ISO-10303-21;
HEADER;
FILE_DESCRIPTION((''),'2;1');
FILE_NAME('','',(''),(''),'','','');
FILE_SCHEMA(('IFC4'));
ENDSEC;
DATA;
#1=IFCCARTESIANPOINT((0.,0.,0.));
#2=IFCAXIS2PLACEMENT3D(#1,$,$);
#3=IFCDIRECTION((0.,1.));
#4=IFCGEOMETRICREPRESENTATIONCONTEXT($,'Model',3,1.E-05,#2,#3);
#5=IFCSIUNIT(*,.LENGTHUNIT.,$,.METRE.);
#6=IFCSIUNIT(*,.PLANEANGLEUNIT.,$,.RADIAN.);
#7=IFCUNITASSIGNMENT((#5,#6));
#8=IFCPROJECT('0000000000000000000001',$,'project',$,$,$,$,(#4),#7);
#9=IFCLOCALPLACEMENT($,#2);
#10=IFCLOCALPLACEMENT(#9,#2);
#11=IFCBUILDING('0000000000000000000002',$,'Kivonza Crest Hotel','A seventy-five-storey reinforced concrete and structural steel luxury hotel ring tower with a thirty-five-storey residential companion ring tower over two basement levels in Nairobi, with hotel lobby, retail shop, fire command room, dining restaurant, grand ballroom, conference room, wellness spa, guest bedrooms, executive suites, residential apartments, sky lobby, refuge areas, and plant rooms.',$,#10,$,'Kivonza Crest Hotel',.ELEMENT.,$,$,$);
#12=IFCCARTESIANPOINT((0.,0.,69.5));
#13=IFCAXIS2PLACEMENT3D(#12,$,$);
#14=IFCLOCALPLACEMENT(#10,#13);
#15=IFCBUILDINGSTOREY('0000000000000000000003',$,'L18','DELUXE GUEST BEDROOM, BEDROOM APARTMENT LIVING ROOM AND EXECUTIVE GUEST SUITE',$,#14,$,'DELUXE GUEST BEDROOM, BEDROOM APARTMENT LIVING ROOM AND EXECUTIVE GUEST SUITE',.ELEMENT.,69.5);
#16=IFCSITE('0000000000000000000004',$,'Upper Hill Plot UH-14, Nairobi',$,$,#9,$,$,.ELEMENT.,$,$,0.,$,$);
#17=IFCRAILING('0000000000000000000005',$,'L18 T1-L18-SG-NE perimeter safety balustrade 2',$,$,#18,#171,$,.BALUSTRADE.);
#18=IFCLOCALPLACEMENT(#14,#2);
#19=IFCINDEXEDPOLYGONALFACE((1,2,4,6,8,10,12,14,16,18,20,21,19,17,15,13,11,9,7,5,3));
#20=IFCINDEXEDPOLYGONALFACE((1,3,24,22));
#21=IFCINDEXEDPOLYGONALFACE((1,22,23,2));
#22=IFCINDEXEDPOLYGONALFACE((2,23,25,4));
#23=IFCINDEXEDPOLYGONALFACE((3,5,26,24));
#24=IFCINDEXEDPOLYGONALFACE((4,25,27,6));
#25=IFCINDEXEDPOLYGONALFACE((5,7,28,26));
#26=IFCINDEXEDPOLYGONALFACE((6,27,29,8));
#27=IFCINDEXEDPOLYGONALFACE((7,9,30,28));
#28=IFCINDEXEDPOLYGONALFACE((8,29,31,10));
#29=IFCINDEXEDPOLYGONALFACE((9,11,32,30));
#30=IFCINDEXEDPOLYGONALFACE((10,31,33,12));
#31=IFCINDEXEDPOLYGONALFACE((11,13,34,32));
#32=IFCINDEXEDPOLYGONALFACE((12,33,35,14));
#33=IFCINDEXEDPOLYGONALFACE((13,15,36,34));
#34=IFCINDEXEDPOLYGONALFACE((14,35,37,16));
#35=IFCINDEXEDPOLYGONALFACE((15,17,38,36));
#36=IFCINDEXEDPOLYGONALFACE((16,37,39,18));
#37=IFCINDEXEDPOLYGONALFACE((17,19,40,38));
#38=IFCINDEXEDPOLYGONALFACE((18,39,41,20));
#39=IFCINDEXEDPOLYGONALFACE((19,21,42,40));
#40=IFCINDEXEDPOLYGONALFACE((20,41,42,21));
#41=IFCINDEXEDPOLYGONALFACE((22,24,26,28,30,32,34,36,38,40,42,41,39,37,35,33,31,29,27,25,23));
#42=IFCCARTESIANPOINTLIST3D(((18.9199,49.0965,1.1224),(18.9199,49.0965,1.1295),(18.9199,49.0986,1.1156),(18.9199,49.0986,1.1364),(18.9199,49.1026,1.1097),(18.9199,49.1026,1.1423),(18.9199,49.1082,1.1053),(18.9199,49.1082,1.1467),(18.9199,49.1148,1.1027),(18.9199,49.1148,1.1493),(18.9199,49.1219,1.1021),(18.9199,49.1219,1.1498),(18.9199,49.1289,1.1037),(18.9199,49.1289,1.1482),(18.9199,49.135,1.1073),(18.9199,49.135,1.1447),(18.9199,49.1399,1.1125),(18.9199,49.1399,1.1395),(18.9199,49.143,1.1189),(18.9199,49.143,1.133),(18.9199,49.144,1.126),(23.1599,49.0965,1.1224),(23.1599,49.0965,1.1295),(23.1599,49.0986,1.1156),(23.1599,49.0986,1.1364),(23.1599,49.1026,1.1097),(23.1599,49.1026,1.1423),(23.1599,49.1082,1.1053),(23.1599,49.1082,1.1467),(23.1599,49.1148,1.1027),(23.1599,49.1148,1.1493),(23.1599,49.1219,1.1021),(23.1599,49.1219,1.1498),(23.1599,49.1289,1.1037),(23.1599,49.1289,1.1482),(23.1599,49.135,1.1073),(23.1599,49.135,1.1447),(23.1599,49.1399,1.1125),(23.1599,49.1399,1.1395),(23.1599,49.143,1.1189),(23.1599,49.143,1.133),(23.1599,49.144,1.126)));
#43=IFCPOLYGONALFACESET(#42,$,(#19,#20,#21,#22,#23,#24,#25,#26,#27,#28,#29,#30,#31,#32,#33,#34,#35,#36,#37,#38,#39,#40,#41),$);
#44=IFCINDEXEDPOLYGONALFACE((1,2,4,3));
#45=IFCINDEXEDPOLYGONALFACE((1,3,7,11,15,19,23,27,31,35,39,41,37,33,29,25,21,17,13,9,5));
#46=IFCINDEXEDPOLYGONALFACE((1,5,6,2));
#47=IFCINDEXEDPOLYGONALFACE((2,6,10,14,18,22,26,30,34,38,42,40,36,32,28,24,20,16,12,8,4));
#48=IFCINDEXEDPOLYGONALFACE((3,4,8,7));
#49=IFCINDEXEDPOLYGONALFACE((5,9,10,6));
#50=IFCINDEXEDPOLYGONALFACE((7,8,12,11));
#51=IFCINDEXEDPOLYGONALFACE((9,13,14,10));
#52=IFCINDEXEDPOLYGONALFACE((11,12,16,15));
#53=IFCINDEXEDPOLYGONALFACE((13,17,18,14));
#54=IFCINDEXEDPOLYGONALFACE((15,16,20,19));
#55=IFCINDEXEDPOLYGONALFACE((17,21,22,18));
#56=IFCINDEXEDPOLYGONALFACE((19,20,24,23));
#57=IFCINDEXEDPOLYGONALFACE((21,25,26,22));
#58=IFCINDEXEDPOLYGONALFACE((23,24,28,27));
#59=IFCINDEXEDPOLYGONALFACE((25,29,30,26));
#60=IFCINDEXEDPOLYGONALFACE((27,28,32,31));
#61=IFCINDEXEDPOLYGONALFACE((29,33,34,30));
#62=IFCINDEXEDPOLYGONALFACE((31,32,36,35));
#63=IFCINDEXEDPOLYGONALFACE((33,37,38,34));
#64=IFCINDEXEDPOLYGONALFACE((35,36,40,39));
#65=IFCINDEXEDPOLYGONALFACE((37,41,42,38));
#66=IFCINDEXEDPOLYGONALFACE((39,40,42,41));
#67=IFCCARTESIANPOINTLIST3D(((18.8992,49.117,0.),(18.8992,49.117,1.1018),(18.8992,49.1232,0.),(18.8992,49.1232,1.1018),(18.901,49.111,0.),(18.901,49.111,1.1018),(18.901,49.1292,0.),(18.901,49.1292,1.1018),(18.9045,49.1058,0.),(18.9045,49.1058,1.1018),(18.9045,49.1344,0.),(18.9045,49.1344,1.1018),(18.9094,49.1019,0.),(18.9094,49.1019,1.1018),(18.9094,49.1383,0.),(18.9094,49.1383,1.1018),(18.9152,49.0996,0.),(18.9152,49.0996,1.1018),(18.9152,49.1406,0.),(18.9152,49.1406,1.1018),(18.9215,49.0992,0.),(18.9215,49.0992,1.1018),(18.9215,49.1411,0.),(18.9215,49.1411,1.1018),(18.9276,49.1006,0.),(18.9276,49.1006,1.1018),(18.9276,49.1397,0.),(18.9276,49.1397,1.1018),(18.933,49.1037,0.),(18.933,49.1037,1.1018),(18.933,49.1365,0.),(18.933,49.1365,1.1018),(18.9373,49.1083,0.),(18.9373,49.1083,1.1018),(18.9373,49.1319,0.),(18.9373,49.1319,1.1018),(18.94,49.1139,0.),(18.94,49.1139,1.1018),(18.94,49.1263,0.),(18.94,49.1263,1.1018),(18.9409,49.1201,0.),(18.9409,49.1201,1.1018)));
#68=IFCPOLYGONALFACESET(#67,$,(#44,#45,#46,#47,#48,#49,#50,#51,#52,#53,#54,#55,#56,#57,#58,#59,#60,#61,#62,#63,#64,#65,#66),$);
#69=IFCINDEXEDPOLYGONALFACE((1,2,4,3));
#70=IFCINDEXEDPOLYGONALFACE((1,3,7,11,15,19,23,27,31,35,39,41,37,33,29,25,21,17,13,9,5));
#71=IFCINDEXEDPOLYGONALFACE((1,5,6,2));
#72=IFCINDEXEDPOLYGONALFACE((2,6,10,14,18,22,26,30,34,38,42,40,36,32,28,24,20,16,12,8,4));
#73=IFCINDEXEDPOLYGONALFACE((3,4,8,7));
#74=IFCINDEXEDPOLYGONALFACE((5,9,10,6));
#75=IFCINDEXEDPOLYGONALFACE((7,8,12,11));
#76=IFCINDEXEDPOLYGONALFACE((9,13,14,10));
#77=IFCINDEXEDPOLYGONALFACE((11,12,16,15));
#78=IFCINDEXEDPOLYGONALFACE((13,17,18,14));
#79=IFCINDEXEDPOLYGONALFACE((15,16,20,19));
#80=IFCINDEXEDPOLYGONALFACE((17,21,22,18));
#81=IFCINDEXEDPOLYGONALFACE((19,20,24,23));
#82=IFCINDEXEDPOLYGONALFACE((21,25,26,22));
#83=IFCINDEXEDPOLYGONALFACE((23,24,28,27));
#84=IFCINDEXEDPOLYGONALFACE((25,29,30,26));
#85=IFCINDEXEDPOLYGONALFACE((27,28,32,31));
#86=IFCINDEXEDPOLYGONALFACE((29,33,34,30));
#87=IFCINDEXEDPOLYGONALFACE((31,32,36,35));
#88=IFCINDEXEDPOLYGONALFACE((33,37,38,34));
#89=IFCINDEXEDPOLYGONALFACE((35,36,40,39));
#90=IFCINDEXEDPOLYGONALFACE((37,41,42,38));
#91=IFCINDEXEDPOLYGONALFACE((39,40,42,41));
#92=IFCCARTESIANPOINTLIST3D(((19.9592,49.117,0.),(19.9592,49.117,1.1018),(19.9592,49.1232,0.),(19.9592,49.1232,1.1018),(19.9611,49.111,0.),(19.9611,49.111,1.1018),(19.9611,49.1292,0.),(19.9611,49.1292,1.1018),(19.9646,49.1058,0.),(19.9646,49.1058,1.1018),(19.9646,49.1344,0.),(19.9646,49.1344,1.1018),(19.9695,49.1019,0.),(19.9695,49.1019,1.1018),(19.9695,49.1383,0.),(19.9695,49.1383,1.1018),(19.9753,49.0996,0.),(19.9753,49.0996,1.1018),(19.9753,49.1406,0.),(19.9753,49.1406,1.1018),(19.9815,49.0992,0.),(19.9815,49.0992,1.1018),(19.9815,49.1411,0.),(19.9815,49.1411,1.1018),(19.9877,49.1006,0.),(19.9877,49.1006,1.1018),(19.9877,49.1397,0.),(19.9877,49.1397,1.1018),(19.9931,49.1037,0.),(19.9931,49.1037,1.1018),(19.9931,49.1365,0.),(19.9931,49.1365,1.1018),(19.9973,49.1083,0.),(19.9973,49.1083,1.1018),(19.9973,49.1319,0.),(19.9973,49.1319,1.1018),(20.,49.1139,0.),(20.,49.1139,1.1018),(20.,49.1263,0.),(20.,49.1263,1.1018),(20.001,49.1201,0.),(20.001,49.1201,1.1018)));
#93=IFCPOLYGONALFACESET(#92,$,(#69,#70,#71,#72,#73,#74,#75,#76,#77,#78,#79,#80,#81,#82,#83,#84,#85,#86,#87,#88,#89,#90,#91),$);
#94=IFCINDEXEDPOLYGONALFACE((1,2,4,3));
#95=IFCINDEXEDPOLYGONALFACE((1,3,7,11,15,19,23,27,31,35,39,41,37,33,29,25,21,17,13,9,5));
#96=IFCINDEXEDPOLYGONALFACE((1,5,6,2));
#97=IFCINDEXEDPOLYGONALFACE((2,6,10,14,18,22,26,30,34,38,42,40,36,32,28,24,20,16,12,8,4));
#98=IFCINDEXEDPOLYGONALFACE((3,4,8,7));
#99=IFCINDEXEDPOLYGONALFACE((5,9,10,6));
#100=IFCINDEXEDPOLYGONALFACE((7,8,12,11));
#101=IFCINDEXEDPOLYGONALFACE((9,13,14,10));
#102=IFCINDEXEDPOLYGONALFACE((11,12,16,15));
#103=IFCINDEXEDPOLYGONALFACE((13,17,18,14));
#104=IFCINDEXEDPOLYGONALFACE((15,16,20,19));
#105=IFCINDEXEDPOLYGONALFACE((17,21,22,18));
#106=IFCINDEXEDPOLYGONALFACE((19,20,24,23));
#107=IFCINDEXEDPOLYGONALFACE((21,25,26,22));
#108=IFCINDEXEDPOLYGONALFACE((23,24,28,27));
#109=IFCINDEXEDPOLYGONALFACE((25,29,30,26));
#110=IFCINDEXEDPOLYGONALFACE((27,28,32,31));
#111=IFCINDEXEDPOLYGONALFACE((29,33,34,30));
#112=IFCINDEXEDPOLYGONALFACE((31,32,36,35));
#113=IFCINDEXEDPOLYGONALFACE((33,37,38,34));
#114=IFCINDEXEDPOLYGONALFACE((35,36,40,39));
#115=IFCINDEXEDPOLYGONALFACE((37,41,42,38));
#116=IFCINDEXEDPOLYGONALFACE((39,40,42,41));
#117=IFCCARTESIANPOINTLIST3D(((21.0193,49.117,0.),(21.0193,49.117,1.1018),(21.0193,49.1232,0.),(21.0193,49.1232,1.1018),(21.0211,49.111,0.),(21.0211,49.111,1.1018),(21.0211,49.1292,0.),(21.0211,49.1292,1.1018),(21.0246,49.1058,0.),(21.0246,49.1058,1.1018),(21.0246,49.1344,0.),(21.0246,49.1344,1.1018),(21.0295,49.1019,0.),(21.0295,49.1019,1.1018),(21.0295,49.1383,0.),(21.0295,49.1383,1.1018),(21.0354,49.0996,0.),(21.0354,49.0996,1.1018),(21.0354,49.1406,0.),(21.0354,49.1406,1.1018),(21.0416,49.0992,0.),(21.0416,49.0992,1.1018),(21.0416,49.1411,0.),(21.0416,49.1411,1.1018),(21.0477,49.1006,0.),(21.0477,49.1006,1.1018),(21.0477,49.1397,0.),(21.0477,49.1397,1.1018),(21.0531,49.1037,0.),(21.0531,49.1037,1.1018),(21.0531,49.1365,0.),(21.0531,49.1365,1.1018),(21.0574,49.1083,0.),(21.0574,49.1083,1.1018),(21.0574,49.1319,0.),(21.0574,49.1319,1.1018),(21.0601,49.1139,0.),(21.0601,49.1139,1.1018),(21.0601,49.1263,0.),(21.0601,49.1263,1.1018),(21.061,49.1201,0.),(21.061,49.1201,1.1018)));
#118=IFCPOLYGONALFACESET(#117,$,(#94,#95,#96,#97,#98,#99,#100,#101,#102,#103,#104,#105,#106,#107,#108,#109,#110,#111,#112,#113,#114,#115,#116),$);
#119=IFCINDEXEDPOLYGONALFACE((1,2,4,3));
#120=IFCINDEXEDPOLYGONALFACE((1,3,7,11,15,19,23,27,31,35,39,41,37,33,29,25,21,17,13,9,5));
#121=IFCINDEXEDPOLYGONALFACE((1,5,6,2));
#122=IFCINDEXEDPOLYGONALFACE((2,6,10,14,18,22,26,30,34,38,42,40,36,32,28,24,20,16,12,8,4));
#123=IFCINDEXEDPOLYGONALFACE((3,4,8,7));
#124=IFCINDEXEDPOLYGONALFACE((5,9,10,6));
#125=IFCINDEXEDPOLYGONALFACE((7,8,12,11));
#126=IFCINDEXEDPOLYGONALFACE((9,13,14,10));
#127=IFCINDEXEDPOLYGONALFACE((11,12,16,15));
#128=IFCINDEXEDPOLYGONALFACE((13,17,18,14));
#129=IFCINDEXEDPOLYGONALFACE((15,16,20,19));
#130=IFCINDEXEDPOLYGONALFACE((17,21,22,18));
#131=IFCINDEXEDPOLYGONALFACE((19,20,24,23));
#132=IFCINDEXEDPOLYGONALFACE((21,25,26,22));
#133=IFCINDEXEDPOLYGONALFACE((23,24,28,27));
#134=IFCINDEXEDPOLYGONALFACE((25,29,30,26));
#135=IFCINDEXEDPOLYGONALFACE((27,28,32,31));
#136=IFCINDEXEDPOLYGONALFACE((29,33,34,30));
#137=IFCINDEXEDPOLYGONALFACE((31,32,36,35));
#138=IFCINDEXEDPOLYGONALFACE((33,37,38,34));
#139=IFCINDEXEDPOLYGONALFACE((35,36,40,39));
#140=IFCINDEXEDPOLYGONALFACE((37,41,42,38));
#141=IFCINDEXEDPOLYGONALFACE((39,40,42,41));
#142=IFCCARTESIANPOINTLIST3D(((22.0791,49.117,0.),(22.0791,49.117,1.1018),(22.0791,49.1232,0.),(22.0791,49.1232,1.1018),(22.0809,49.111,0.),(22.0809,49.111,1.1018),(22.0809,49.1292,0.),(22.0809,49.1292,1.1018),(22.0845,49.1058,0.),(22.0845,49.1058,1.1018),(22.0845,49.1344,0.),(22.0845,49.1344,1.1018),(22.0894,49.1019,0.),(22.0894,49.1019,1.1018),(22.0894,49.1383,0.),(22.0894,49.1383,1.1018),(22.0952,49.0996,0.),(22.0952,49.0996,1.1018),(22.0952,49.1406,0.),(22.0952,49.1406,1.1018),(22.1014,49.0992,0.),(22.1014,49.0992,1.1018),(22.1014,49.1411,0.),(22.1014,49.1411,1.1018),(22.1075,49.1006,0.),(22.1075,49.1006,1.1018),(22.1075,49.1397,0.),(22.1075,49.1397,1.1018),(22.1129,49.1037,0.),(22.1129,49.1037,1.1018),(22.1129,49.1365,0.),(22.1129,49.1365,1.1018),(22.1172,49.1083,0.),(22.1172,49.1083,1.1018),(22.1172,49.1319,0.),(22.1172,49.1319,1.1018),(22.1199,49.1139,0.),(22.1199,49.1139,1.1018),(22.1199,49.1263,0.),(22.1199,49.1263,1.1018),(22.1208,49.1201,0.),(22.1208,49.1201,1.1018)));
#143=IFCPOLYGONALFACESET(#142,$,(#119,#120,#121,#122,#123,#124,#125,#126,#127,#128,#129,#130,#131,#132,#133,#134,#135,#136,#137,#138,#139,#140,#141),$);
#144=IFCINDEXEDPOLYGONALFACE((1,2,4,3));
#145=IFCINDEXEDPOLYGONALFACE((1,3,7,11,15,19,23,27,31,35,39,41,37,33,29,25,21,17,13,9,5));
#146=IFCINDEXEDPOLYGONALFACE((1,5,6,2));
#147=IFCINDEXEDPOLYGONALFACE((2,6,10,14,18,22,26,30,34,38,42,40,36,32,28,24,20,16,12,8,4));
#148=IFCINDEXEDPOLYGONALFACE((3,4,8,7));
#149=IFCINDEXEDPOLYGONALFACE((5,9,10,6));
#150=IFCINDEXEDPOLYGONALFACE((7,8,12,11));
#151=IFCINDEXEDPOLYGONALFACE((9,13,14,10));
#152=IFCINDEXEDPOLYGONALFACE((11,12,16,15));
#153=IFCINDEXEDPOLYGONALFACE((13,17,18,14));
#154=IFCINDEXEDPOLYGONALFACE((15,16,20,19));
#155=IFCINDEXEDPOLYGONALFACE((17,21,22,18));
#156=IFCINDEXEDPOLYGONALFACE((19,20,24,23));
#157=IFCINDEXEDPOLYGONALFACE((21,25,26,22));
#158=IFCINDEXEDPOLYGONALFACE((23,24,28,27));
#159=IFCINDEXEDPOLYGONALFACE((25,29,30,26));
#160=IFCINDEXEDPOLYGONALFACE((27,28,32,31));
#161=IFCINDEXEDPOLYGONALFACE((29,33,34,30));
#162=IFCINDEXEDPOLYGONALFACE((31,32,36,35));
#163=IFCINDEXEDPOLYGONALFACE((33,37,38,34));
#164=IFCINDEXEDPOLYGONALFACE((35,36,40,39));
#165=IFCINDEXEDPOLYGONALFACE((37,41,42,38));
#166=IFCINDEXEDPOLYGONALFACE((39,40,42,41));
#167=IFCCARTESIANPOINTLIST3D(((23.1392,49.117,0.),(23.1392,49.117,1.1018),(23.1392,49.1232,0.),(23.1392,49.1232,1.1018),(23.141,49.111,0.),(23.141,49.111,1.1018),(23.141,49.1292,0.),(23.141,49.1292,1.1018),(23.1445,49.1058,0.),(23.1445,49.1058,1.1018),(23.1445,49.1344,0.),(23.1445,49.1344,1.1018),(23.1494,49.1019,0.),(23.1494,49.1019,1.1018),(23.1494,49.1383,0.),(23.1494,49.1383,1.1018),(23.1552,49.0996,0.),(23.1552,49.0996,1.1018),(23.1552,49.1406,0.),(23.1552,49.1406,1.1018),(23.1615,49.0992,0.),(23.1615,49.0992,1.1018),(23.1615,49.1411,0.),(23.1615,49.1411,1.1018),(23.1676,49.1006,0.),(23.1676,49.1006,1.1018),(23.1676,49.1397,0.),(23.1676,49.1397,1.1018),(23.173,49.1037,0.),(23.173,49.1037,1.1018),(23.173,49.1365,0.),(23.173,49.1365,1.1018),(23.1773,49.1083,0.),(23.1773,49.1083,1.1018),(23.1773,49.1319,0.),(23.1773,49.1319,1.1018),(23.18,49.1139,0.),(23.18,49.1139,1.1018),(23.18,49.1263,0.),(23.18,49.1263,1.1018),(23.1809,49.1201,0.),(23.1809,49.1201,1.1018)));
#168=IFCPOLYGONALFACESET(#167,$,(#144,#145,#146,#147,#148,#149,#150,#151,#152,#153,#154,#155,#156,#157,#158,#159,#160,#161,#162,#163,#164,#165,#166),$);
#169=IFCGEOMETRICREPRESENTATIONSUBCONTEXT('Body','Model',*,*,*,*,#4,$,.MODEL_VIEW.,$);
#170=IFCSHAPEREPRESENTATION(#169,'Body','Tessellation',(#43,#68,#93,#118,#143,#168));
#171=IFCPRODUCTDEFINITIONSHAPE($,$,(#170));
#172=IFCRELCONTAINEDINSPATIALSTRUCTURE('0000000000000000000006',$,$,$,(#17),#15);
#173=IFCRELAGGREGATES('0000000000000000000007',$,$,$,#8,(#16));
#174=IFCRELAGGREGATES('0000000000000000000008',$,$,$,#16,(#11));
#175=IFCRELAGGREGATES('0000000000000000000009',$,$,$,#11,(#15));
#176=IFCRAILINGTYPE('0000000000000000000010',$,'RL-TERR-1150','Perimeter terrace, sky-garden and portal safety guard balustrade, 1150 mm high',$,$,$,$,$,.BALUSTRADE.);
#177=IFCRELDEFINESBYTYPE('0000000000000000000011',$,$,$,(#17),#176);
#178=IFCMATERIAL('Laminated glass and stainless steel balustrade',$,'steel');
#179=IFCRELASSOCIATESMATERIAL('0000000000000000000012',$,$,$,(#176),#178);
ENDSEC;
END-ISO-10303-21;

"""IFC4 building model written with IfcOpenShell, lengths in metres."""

from ifc_helpers import new_model, si_unit, direction, frame, origin, origin_2d, place, context, subcontext, project, spatial, circle, extrude, material, type_object, element, save


model = new_model("IFC4")

# Units and contexts
model_context = context("Model", 3, precision=1e-05, world=origin(), true_north=direction((0.0, 1.0)))
body_context = subcontext(model_context, "Body", "Model", "MODEL_VIEW")
ifc_project = project(units=[si_unit("LENGTHUNIT", "METRE"), si_unit("PLANEANGLEUNIT", "RADIAN")], contexts=[model_context])

# Site, building, storey
site_placement = place(None, origin())
site = spatial("IfcSite", under=ifc_project, at=site_placement, Name="Upper Hill Plot UH-14, Nairobi", CompositionType="ELEMENT", RefElevation=0.0)
building_placement = place(site_placement, origin())
building = spatial("IfcBuilding", under=site, at=building_placement, Name="Kivonza Crest Hotel", Description="A seventy-five-storey reinforced concrete and structural steel luxury hotel ring tower with a thirty-five-storey residential companion ring tower over two basement levels in Nairobi, with hotel lobby, retail shop, fire command room, dining restaurant, grand ballroom, conference room, wellness spa, guest bedrooms, executive suites, residential apartments, sky lobby, refuge areas, and plant rooms.", LongName="Kivonza Crest Hotel", CompositionType="ELEMENT")
storey_placement = place(building_placement, frame((0.0, 0.0, 69.5)))
storey = spatial("IfcBuildingStorey", under=building, at=storey_placement, Name="L18", Description="DELUXE GUEST BEDROOM, BEDROOM APARTMENT LIVING ROOM AND EXECUTIVE GUEST SUITE", LongName="DELUXE GUEST BEDROOM, BEDROOM APARTMENT LIVING ROOM AND EXECUTIVE GUEST SUITE", CompositionType="ELEMENT", Elevation=69.5)

# Railing
ifc_material_1 = material(Name="Laminated glass and stainless steel balustrade", Category="steel")
railing_type = type_object("IfcRailingType", Name="RL-TERR-1150", Description="Perimeter terrace, sky-garden and portal safety guard balustrade, 1150 mm high", PredefinedType="BALUSTRADE", material=ifc_material_1)
railing_1_placement = place(storey_placement, frame((18.9199, 49.1201, 0.0)))
element("IfcRailing", 1, at=railing_1_placement, inside=storey, type_object=railing_type, Name="L18 T1-L18-SG-NE perimeter safety balustrade 2", PredefinedType="BALUSTRADE", context=body_context, shape_type="SweptSolid", body=[
    extrude(circle(Radius=0.0239, at=origin_2d()), frame((0.0, 0.0, 1.126), z_axis=(1.0, 0.0, 0.0), x_axis=(0.0, 1.0, 0.0)), (0.0, 0.0, 1.0), 4.24),
    extrude(circle(Radius=0.021, at=origin_2d()), origin(), (0.0, 0.0, 1.0), 1.1018),
    extrude(circle(Radius=0.021, at=origin_2d()), frame((1.0601, 0.0, 0.0)), (0.0, 0.0, 1.0), 1.1018),
    extrude(circle(Radius=0.021, at=origin_2d()), frame((2.1201, 0.0, 0.0)), (0.0, 0.0, 1.0), 1.1018),
    extrude(circle(Radius=0.021, at=origin_2d()), frame((3.1799, 0.0, 0.0)), (0.0, 0.0, 1.0), 1.1018),
    extrude(circle(Radius=0.021, at=origin_2d()), frame((4.24, 0.0, 0.0)), (0.0, 0.0, 1.0), 1.1018),
])

save(model, "model.ifc")
